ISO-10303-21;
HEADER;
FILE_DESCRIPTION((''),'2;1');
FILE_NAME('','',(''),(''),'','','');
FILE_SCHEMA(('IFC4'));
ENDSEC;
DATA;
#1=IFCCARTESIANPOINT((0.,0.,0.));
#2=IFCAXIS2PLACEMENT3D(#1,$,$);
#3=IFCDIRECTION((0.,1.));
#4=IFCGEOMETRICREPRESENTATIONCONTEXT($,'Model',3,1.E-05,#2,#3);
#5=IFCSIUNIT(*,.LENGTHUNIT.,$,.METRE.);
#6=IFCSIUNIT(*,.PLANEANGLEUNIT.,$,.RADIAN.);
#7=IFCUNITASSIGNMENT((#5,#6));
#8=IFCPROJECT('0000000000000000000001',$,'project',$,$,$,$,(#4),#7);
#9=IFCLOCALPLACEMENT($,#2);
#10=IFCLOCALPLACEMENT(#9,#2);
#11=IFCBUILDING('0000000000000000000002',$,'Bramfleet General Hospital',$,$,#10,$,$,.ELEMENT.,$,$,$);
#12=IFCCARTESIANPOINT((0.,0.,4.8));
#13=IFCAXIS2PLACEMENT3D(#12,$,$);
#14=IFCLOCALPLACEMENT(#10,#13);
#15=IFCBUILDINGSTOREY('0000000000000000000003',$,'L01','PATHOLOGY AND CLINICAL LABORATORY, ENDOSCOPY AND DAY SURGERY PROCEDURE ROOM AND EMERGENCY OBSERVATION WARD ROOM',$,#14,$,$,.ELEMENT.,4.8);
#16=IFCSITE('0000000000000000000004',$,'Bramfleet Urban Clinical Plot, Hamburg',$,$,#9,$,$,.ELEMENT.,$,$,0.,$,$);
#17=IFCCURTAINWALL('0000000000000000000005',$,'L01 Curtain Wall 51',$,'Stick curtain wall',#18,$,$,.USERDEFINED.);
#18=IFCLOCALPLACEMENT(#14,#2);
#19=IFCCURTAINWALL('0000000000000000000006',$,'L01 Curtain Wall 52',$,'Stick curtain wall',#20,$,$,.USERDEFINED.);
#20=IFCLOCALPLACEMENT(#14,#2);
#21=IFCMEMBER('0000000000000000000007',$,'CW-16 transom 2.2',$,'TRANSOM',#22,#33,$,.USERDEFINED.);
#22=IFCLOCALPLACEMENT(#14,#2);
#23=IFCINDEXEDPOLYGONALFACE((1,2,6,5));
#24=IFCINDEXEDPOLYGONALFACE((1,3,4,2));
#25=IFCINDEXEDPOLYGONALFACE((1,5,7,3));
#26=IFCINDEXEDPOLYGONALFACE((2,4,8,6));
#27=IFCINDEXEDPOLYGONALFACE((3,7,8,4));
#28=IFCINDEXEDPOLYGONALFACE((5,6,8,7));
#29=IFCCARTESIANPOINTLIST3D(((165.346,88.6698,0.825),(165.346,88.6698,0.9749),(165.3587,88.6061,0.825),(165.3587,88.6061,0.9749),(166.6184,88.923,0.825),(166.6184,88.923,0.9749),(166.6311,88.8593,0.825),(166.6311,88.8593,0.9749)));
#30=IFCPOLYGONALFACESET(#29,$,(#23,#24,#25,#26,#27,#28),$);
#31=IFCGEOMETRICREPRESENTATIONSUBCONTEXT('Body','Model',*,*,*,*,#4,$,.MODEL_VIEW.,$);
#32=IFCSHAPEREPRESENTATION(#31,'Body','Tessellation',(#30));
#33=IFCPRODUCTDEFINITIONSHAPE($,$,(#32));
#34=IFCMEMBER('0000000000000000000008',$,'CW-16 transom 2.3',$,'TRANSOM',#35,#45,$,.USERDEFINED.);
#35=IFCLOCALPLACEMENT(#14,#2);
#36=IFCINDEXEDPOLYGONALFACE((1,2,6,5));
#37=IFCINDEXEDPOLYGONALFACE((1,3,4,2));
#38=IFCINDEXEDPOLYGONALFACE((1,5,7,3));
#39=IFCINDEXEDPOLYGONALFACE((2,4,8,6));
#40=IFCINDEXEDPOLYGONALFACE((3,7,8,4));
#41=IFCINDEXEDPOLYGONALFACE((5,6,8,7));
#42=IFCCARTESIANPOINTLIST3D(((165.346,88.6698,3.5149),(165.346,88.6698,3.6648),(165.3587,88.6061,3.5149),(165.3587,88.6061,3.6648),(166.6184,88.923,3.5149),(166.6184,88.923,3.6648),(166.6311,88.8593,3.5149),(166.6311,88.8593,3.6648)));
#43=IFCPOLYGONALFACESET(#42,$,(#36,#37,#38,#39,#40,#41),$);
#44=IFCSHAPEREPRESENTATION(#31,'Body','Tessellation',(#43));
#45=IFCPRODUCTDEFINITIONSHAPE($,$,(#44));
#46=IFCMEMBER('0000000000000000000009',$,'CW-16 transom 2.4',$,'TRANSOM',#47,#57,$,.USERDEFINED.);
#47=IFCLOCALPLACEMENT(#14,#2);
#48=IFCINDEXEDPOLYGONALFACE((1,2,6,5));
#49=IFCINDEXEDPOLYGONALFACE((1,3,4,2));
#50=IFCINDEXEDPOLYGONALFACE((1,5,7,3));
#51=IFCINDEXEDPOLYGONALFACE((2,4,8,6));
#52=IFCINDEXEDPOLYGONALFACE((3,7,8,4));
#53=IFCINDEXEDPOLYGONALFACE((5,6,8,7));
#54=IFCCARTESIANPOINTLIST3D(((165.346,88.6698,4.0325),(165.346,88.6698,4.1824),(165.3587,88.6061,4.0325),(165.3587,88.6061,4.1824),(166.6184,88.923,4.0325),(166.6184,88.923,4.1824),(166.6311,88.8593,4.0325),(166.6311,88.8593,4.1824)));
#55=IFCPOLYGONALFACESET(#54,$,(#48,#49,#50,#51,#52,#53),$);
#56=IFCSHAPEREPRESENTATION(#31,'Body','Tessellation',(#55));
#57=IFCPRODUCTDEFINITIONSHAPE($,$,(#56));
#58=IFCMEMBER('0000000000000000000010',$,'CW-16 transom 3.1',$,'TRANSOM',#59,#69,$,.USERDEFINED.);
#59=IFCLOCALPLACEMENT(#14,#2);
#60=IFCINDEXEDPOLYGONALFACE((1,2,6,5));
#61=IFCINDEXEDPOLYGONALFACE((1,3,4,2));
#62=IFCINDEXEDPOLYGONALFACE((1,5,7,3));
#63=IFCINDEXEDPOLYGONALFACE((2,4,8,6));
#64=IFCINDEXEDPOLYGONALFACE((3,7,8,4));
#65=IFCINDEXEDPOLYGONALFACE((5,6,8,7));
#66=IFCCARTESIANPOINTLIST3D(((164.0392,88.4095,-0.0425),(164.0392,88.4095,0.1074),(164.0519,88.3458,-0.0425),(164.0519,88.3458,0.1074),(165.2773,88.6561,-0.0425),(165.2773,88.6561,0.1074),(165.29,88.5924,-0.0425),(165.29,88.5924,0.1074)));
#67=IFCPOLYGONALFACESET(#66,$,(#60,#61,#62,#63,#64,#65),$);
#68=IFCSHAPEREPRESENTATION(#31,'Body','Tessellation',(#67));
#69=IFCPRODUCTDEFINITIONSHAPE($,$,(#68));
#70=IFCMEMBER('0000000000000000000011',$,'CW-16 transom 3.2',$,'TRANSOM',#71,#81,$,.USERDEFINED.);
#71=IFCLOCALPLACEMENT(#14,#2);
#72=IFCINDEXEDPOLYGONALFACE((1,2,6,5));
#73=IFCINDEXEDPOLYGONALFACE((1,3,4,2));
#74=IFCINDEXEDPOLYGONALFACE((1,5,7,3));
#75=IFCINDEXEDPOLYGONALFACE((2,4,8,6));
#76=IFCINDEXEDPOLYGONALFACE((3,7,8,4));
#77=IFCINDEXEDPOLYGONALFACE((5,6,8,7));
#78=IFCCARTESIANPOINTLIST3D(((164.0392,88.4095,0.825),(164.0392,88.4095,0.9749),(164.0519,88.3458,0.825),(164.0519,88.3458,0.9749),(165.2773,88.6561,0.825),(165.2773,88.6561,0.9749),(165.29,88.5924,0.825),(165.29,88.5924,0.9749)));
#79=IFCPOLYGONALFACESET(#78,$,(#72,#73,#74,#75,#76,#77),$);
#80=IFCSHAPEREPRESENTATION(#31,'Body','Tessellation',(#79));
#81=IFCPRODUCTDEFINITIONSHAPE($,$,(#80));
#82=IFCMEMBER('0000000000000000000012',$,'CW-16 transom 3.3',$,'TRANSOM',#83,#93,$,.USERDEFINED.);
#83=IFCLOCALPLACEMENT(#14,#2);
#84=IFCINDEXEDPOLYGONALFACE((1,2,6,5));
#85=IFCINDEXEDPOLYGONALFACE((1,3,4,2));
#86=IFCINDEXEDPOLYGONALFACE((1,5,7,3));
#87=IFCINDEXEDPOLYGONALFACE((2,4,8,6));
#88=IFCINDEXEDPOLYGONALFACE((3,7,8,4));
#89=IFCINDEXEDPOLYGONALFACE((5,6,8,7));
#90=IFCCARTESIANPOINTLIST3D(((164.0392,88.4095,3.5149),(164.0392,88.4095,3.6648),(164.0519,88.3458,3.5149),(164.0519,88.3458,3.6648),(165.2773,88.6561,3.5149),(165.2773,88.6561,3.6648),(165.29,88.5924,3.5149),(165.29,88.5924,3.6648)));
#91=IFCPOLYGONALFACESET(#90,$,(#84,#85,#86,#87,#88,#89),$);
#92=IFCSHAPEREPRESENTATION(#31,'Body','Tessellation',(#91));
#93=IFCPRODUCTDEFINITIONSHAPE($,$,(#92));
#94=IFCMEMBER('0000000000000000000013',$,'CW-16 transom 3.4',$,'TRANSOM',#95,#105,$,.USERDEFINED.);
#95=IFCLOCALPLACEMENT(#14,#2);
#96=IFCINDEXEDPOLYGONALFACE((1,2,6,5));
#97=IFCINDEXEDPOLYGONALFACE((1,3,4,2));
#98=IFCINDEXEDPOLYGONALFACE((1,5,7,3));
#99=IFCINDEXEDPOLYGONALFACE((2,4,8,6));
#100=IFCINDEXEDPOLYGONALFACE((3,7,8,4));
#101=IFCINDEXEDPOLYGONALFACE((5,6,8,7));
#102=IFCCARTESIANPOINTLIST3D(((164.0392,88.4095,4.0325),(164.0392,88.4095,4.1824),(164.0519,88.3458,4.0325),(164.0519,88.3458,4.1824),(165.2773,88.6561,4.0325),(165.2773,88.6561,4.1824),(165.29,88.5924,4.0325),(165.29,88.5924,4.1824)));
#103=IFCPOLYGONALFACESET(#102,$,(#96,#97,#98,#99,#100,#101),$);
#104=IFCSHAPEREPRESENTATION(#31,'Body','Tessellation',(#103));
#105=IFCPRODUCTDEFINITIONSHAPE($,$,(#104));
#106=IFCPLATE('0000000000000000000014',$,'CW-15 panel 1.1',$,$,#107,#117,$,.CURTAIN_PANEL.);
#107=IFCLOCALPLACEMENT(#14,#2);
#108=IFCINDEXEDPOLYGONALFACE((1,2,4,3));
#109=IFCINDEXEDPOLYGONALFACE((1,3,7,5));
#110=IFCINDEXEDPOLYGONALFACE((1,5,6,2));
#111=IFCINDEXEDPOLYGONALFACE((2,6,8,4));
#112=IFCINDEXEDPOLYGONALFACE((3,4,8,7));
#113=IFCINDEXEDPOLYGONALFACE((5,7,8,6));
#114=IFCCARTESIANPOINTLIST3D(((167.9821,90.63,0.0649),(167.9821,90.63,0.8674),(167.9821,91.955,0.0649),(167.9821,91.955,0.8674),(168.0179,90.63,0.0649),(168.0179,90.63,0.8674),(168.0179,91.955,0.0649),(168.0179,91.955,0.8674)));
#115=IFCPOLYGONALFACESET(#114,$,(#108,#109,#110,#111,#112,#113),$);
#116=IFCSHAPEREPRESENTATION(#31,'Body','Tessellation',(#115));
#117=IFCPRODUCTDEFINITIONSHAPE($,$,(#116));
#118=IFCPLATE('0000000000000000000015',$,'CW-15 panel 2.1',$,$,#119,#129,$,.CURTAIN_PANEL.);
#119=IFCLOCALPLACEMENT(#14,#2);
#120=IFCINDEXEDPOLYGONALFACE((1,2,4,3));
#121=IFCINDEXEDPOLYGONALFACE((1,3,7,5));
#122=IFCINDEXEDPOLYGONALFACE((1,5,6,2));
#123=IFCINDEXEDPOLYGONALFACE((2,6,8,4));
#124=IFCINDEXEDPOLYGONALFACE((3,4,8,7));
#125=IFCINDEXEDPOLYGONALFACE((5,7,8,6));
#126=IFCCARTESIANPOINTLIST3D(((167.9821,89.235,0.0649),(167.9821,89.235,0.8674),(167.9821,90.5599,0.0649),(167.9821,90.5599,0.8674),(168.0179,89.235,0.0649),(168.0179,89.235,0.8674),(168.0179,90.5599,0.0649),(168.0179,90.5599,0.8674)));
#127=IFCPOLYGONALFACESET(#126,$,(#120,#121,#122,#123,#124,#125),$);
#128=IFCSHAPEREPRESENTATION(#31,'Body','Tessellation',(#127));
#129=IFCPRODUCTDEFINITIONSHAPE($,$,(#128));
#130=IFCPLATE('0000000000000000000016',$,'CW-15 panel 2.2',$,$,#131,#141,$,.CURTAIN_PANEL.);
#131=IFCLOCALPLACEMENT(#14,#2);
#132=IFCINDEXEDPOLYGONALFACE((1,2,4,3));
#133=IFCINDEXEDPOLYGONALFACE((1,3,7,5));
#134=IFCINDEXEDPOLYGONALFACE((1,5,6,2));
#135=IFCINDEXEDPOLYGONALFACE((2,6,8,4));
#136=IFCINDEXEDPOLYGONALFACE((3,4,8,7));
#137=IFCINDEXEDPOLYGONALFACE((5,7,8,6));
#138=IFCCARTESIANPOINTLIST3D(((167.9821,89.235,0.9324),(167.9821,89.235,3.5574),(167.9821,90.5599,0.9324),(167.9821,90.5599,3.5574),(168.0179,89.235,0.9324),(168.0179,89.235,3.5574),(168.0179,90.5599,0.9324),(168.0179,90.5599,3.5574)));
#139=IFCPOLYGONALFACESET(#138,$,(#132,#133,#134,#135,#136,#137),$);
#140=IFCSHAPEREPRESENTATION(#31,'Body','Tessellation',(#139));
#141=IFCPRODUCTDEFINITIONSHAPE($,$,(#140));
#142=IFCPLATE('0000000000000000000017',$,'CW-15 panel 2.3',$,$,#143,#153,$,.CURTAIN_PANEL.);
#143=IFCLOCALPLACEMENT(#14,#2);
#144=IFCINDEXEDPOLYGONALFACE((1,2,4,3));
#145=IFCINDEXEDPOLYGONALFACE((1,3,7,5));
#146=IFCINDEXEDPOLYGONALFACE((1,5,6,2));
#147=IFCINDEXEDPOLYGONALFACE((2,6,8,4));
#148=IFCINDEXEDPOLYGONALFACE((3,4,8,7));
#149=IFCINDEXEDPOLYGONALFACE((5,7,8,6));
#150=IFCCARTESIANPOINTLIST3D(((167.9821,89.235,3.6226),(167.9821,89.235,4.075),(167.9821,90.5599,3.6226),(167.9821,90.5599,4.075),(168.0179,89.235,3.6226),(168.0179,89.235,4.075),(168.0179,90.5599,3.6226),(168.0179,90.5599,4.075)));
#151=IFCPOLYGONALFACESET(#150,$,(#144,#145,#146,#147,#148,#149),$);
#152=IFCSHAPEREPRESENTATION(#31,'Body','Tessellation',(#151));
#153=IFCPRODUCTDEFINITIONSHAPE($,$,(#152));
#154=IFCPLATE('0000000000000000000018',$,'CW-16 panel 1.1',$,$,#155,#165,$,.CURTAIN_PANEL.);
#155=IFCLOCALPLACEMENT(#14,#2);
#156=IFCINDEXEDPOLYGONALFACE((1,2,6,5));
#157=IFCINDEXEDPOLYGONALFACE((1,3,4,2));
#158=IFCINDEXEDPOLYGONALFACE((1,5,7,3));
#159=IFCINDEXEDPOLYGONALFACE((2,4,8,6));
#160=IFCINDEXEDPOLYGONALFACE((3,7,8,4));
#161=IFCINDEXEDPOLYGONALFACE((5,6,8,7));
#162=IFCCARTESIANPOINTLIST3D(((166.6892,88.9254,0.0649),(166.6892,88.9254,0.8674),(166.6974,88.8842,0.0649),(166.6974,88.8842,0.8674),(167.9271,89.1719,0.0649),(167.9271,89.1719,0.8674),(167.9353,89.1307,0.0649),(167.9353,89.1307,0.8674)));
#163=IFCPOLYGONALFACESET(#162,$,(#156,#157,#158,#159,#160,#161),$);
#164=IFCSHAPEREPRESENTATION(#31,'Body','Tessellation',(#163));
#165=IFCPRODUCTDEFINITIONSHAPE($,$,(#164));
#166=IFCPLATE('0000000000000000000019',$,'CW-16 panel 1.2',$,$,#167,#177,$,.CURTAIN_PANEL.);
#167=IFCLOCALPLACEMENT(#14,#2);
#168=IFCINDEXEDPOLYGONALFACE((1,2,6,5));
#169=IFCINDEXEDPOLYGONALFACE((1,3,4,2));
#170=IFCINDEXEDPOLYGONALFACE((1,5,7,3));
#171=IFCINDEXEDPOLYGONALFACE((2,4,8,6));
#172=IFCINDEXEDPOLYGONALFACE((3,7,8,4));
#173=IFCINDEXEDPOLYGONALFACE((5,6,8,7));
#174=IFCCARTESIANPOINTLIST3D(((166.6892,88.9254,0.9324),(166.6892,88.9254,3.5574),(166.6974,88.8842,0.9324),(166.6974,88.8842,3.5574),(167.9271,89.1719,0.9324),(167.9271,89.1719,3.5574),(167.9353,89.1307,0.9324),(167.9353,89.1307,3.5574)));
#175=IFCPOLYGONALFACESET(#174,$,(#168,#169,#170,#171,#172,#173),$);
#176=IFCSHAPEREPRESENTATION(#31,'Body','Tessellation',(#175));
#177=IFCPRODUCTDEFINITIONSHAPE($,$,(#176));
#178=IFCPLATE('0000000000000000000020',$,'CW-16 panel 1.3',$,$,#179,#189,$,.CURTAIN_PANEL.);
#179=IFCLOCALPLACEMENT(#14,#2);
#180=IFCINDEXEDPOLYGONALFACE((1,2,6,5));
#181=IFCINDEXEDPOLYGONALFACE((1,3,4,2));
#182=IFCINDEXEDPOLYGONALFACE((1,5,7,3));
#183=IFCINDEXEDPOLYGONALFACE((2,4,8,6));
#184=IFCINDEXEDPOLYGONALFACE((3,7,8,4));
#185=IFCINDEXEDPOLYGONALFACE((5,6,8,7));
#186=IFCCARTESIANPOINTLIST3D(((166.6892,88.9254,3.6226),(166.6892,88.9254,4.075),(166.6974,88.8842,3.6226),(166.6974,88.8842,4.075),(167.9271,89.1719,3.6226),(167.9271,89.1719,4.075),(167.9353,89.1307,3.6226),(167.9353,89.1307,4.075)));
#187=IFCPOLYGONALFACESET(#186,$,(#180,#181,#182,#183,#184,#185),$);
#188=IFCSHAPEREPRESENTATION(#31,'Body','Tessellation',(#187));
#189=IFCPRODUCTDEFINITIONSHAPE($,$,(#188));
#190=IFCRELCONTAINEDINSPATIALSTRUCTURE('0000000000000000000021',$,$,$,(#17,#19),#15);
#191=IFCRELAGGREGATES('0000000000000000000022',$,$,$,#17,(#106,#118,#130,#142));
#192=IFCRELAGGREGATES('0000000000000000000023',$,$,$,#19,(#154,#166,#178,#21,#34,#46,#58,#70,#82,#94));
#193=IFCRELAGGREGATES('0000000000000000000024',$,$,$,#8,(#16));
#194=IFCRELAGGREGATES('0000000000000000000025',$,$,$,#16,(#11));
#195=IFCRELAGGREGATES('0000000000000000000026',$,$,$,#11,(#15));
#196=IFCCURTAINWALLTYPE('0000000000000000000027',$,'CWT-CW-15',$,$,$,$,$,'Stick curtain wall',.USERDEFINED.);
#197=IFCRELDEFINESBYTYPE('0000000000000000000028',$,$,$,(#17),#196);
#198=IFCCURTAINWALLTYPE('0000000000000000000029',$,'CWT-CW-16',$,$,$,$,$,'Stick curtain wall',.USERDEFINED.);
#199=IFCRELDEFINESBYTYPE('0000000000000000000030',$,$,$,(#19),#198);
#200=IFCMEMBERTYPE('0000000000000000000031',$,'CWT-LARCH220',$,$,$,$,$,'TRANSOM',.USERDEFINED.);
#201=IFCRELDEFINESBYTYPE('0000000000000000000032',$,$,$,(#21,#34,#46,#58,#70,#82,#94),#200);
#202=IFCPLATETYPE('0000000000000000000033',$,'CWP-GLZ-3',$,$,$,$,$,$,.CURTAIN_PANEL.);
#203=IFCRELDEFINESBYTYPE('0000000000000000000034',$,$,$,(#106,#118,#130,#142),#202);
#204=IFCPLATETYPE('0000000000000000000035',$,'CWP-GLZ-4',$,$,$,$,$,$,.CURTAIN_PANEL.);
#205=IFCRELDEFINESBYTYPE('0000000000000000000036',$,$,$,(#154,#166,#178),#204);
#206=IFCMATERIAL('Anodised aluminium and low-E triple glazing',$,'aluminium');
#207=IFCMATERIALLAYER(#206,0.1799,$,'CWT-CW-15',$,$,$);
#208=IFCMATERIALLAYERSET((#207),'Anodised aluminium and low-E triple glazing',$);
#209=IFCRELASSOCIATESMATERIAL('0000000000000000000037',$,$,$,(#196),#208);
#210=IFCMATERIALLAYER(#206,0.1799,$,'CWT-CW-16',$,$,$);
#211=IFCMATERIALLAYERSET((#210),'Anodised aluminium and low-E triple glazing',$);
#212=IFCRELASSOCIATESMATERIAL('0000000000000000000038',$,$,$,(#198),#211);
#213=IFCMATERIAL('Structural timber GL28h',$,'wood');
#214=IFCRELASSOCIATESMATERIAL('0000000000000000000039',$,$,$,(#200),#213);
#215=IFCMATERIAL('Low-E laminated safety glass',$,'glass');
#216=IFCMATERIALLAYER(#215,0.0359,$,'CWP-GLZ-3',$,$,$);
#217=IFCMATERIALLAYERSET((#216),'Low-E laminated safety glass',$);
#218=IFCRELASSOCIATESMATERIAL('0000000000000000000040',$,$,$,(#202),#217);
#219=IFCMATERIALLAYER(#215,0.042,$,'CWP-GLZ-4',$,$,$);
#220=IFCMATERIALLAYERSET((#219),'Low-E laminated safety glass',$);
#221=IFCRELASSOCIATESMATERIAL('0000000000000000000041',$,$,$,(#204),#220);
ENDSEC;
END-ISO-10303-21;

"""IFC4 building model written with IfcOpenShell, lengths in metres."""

from ifc_helpers import new_model, si_unit, direction, frame, origin, origin_2d, place, context, subcontext, project, spatial, rectangle, extrude, material, layer, layer_set, material_profile, profile_set, type_object, element, aggregate, save


model = new_model("IFC4")

# Units and contexts
model_context = context("Model", 3, precision=1e-05, world=origin(), true_north=direction((0.0, 1.0)))
body_context = subcontext(model_context, "Body", "Model", "MODEL_VIEW")
ifc_project = project(units=[si_unit("LENGTHUNIT", "METRE"), si_unit("PLANEANGLEUNIT", "RADIAN")], contexts=[model_context])

# Site, building, storey
site_placement = place(None, origin())
site = spatial("IfcSite", under=ifc_project, at=site_placement, Name="Bramfleet Urban Clinical Plot, Hamburg", CompositionType="ELEMENT", RefElevation=0.0)
building_placement = place(site_placement, origin())
building = spatial("IfcBuilding", under=site, at=building_placement, Name="Bramfleet General Hospital", CompositionType="ELEMENT")
storey_placement = place(building_placement, frame((0.0, 0.0, 4.8)))
storey = spatial("IfcBuildingStorey", under=building, at=storey_placement, Name="L01", Description="PATHOLOGY AND CLINICAL LABORATORY, ENDOSCOPY AND DAY SURGERY PROCEDURE ROOM AND EMERGENCY OBSERVATION WARD ROOM", CompositionType="ELEMENT", Elevation=4.8)

# Curtain walls
ifc_material_1 = material(Name="Anodised aluminium and low-E triple glazing", Category="aluminium")
ifc_layer_1 = layer(ifc_material_1, 0.1799, Name="CWT-CW-15")
ifc_layer_set_1 = layer_set([ifc_layer_1], Name="Anodised aluminium and low-E triple glazing")
curtain_wall_type_1 = type_object("IfcCurtainWallType", Name="CWT-CW-15", ElementType="Stick curtain wall", PredefinedType="USERDEFINED", material=ifc_layer_set_1)
curtain_wall_1_placement = place(storey_placement, origin())
curtain_wall_1 = element("IfcCurtainWall", 1, at=curtain_wall_1_placement, inside=storey, type_object=curtain_wall_type_1, Name="L01 Curtain Wall 51", ObjectType="Stick curtain wall", PredefinedType="USERDEFINED")
ifc_material_2 = material(Name="Structural timber GL28h", Category="wood")
ifc_layer_2 = layer(ifc_material_1, 0.1799, Name="CWT-CW-16")
ifc_layer_set_2 = layer_set([ifc_layer_2], Name="Anodised aluminium and low-E triple glazing")
curtain_wall_type_2 = type_object("IfcCurtainWallType", Name="CWT-CW-16", ElementType="Stick curtain wall", PredefinedType="USERDEFINED", material=ifc_layer_set_2)
curtain_wall_2_placement = place(storey_placement, origin())
curtain_wall_2 = element("IfcCurtainWall", 2, at=curtain_wall_2_placement, inside=storey, type_object=curtain_wall_type_2, Name="L01 Curtain Wall 52", ObjectType="Stick curtain wall", PredefinedType="USERDEFINED")

# Members
ifc_material_profile_1 = material_profile(ifc_material_2, rectangle(XDim=0.0649, YDim=0.1499, at=origin_2d()), Name="LARCH 150x65")
ifc_profile_set_1 = profile_set([ifc_material_profile_1], Name="Structural timber GL28h")
member_type_1 = type_object("IfcMemberType", Name="CWT-LARCH220", ElementType="TRANSOM", PredefinedType="USERDEFINED", material=ifc_profile_set_1)
member_1_placement = place(storey_placement, frame((166.6248, 88.8911, 0.8999), z_axis=(-0.980776, -0.195139, 0.0), x_axis=(0.195139, -0.980776, 0.0)))
member_1 = element("IfcMember", 3, at=member_1_placement, type_object=member_type_1, Name="CW-16 transom 2.2", ObjectType="TRANSOM", PredefinedType="USERDEFINED", context=body_context, shape_type="SweptSolid", body=[
    extrude(rectangle(XDim=0.0649, YDim=0.1499, at=origin_2d()), origin(), (0.0, 0.0, 1.0), 1.2974),
])
member_2_placement = place(storey_placement, frame((166.6248, 88.8911, 3.5898), z_axis=(-0.980776, -0.195139, 0.0), x_axis=(0.195139, -0.980776, 0.0)))
member_2 = element("IfcMember", 4, at=member_2_placement, type_object=member_type_1, Name="CW-16 transom 2.3", ObjectType="TRANSOM", PredefinedType="USERDEFINED", context=body_context, shape_type="SweptSolid", body=[
    extrude(rectangle(XDim=0.0649, YDim=0.1499, at=origin_2d()), origin(), (0.0, 0.0, 1.0), 1.2974),
])
member_3_placement = place(storey_placement, frame((166.6248, 88.8911, 4.1074), z_axis=(-0.980776, -0.195139, 0.0), x_axis=(0.195139, -0.980776, 0.0)))
member_3 = element("IfcMember", 5, at=member_3_placement, type_object=member_type_1, Name="CW-16 transom 2.4", ObjectType="TRANSOM", PredefinedType="USERDEFINED", context=body_context, shape_type="SweptSolid", body=[
    extrude(rectangle(XDim=0.0649, YDim=0.1499, at=origin_2d()), origin(), (0.0, 0.0, 1.0), 1.2974),
])
member_4_placement = place(storey_placement, frame((165.2837, 88.6243, 0.0325), z_axis=(-0.980737, -0.195335, 0.0), x_axis=(0.195335, -0.980737, 0.0)))
member_4 = element("IfcMember", 6, at=member_4_placement, type_object=member_type_1, Name="CW-16 transom 3.1", ObjectType="TRANSOM", PredefinedType="USERDEFINED", context=body_context, shape_type="SweptSolid", body=[
    extrude(rectangle(XDim=0.0649, YDim=0.1499, at=origin_2d()), origin(), (0.0, 0.0, 1.0), 1.2625),
])
member_5_placement = place(storey_placement, frame((165.2837, 88.6243, 0.8999), z_axis=(-0.980737, -0.195335, 0.0), x_axis=(0.195335, -0.980737, 0.0)))
member_5 = element("IfcMember", 7, at=member_5_placement, type_object=member_type_1, Name="CW-16 transom 3.2", ObjectType="TRANSOM", PredefinedType="USERDEFINED", context=body_context, shape_type="SweptSolid", body=[
    extrude(rectangle(XDim=0.0649, YDim=0.1499, at=origin_2d()), origin(), (0.0, 0.0, 1.0), 1.2625),
])
member_6_placement = place(storey_placement, frame((165.2837, 88.6243, 3.5898), z_axis=(-0.980737, -0.195335, 0.0), x_axis=(0.195335, -0.980737, 0.0)))
member_6 = element("IfcMember", 8, at=member_6_placement, type_object=member_type_1, Name="CW-16 transom 3.3", ObjectType="TRANSOM", PredefinedType="USERDEFINED", context=body_context, shape_type="SweptSolid", body=[
    extrude(rectangle(XDim=0.0649, YDim=0.1499, at=origin_2d()), origin(), (0.0, 0.0, 1.0), 1.2625),
])
member_7_placement = place(storey_placement, frame((165.2837, 88.6243, 4.1074), z_axis=(-0.980737, -0.195335, 0.0), x_axis=(0.195335, -0.980737, 0.0)))
member_7 = element("IfcMember", 9, at=member_7_placement, type_object=member_type_1, Name="CW-16 transom 3.4", ObjectType="TRANSOM", PredefinedType="USERDEFINED", context=body_context, shape_type="SweptSolid", body=[
    extrude(rectangle(XDim=0.0649, YDim=0.1499, at=origin_2d()), origin(), (0.0, 0.0, 1.0), 1.2625),
])

# Plates
ifc_material_3 = material(Name="Low-E laminated safety glass", Category="glass")
ifc_layer_3 = layer(ifc_material_3, 0.0359, Name="CWP-GLZ-3")
ifc_layer_set_3 = layer_set([ifc_layer_3], Name="Low-E laminated safety glass")
plate_type_1 = type_object("IfcPlateType", Name="CWP-GLZ-3", PredefinedType="CURTAIN_PANEL", material=ifc_layer_set_3)
plate_1_placement = place(storey_placement, frame((168.0, 91.2925, 0.0649), z_axis=(0.0, 0.0, 1.0), x_axis=(0.0, -1.0, 0.0)))
plate_1 = element("IfcPlate", 10, at=plate_1_placement, type_object=plate_type_1, Name="CW-15 panel 1.1", PredefinedType="CURTAIN_PANEL", context=body_context, shape_type="SweptSolid", body=[
    extrude(rectangle(XDim=1.325, YDim=0.0359, at=origin_2d()), origin(), (0.0, 0.0, 1.0), 0.8025),
])
plate_2_placement = place(storey_placement, frame((168.0, 89.8975, 0.0649), z_axis=(0.0, 0.0, 1.0), x_axis=(0.0, -1.0, 0.0)))
plate_2 = element("IfcPlate", 11, at=plate_2_placement, type_object=plate_type_1, Name="CW-15 panel 2.1", PredefinedType="CURTAIN_PANEL", context=body_context, shape_type="SweptSolid", body=[
    extrude(rectangle(XDim=1.325, YDim=0.0359, at=origin_2d()), origin(), (0.0, 0.0, 1.0), 0.8025),
])
plate_3_placement = place(storey_placement, frame((168.0, 89.8975, 0.9324), z_axis=(0.0, 0.0, 1.0), x_axis=(0.0, -1.0, 0.0)))
plate_3 = element("IfcPlate", 12, at=plate_3_placement, type_object=plate_type_1, Name="CW-15 panel 2.2", PredefinedType="CURTAIN_PANEL", context=body_context, shape_type="SweptSolid", body=[
    extrude(rectangle(XDim=1.325, YDim=0.0359, at=origin_2d()), origin(), (0.0, 0.0, 1.0), 2.625),
])
plate_4_placement = place(storey_placement, frame((168.0, 89.8975, 3.6226), z_axis=(0.0, 0.0, 1.0), x_axis=(0.0, -1.0, 0.0)))
plate_4 = element("IfcPlate", 13, at=plate_4_placement, type_object=plate_type_1, Name="CW-15 panel 2.3", PredefinedType="CURTAIN_PANEL", context=body_context, shape_type="SweptSolid", body=[
    extrude(rectangle(XDim=1.325, YDim=0.0359, at=origin_2d()), origin(), (0.0, 0.0, 1.0), 0.4524),
])
aggregate(curtain_wall_1, [plate_1, plate_2, plate_3, plate_4])
ifc_layer_4 = layer(ifc_material_3, 0.042, Name="CWP-GLZ-4")
ifc_layer_set_4 = layer_set([ifc_layer_4], Name="Low-E laminated safety glass")
plate_type_2 = type_object("IfcPlateType", Name="CWP-GLZ-4", PredefinedType="CURTAIN_PANEL", material=ifc_layer_set_4)
plate_5_placement = place(storey_placement, frame((167.3123, 89.0281, 0.0649), z_axis=(0.0, 0.0, 1.0), x_axis=(-0.980749, -0.195272, 0.0)))
plate_5 = element("IfcPlate", 14, at=plate_5_placement, type_object=plate_type_2, Name="CW-16 panel 1.1", PredefinedType="CURTAIN_PANEL", context=body_context, shape_type="SweptSolid", body=[
    extrude(rectangle(XDim=1.2622, YDim=0.042, at=origin_2d()), origin(), (0.0, 0.0, 1.0), 0.8025),
])
plate_6_placement = place(storey_placement, frame((167.3123, 89.0281, 0.9324), z_axis=(0.0, 0.0, 1.0), x_axis=(-0.980749, -0.195272, 0.0)))
plate_6 = element("IfcPlate", 15, at=plate_6_placement, type_object=plate_type_2, Name="CW-16 panel 1.2", PredefinedType="CURTAIN_PANEL", context=body_context, shape_type="SweptSolid", body=[
    extrude(rectangle(XDim=1.2622, YDim=0.042, at=origin_2d()), origin(), (0.0, 0.0, 1.0), 2.625),
])
plate_7_placement = place(storey_placement, frame((167.3123, 89.0281, 3.6226), z_axis=(0.0, 0.0, 1.0), x_axis=(-0.980749, -0.195272, 0.0)))
plate_7 = element("IfcPlate", 16, at=plate_7_placement, type_object=plate_type_2, Name="CW-16 panel 1.3", PredefinedType="CURTAIN_PANEL", context=body_context, shape_type="SweptSolid", body=[
    extrude(rectangle(XDim=1.2622, YDim=0.042, at=origin_2d()), origin(), (0.0, 0.0, 1.0), 0.4524),
])
aggregate(curtain_wall_2, [plate_5, plate_6, plate_7, member_1, member_2, member_3, member_4, member_5, member_6, member_7])

save(model, "model.ifc")
